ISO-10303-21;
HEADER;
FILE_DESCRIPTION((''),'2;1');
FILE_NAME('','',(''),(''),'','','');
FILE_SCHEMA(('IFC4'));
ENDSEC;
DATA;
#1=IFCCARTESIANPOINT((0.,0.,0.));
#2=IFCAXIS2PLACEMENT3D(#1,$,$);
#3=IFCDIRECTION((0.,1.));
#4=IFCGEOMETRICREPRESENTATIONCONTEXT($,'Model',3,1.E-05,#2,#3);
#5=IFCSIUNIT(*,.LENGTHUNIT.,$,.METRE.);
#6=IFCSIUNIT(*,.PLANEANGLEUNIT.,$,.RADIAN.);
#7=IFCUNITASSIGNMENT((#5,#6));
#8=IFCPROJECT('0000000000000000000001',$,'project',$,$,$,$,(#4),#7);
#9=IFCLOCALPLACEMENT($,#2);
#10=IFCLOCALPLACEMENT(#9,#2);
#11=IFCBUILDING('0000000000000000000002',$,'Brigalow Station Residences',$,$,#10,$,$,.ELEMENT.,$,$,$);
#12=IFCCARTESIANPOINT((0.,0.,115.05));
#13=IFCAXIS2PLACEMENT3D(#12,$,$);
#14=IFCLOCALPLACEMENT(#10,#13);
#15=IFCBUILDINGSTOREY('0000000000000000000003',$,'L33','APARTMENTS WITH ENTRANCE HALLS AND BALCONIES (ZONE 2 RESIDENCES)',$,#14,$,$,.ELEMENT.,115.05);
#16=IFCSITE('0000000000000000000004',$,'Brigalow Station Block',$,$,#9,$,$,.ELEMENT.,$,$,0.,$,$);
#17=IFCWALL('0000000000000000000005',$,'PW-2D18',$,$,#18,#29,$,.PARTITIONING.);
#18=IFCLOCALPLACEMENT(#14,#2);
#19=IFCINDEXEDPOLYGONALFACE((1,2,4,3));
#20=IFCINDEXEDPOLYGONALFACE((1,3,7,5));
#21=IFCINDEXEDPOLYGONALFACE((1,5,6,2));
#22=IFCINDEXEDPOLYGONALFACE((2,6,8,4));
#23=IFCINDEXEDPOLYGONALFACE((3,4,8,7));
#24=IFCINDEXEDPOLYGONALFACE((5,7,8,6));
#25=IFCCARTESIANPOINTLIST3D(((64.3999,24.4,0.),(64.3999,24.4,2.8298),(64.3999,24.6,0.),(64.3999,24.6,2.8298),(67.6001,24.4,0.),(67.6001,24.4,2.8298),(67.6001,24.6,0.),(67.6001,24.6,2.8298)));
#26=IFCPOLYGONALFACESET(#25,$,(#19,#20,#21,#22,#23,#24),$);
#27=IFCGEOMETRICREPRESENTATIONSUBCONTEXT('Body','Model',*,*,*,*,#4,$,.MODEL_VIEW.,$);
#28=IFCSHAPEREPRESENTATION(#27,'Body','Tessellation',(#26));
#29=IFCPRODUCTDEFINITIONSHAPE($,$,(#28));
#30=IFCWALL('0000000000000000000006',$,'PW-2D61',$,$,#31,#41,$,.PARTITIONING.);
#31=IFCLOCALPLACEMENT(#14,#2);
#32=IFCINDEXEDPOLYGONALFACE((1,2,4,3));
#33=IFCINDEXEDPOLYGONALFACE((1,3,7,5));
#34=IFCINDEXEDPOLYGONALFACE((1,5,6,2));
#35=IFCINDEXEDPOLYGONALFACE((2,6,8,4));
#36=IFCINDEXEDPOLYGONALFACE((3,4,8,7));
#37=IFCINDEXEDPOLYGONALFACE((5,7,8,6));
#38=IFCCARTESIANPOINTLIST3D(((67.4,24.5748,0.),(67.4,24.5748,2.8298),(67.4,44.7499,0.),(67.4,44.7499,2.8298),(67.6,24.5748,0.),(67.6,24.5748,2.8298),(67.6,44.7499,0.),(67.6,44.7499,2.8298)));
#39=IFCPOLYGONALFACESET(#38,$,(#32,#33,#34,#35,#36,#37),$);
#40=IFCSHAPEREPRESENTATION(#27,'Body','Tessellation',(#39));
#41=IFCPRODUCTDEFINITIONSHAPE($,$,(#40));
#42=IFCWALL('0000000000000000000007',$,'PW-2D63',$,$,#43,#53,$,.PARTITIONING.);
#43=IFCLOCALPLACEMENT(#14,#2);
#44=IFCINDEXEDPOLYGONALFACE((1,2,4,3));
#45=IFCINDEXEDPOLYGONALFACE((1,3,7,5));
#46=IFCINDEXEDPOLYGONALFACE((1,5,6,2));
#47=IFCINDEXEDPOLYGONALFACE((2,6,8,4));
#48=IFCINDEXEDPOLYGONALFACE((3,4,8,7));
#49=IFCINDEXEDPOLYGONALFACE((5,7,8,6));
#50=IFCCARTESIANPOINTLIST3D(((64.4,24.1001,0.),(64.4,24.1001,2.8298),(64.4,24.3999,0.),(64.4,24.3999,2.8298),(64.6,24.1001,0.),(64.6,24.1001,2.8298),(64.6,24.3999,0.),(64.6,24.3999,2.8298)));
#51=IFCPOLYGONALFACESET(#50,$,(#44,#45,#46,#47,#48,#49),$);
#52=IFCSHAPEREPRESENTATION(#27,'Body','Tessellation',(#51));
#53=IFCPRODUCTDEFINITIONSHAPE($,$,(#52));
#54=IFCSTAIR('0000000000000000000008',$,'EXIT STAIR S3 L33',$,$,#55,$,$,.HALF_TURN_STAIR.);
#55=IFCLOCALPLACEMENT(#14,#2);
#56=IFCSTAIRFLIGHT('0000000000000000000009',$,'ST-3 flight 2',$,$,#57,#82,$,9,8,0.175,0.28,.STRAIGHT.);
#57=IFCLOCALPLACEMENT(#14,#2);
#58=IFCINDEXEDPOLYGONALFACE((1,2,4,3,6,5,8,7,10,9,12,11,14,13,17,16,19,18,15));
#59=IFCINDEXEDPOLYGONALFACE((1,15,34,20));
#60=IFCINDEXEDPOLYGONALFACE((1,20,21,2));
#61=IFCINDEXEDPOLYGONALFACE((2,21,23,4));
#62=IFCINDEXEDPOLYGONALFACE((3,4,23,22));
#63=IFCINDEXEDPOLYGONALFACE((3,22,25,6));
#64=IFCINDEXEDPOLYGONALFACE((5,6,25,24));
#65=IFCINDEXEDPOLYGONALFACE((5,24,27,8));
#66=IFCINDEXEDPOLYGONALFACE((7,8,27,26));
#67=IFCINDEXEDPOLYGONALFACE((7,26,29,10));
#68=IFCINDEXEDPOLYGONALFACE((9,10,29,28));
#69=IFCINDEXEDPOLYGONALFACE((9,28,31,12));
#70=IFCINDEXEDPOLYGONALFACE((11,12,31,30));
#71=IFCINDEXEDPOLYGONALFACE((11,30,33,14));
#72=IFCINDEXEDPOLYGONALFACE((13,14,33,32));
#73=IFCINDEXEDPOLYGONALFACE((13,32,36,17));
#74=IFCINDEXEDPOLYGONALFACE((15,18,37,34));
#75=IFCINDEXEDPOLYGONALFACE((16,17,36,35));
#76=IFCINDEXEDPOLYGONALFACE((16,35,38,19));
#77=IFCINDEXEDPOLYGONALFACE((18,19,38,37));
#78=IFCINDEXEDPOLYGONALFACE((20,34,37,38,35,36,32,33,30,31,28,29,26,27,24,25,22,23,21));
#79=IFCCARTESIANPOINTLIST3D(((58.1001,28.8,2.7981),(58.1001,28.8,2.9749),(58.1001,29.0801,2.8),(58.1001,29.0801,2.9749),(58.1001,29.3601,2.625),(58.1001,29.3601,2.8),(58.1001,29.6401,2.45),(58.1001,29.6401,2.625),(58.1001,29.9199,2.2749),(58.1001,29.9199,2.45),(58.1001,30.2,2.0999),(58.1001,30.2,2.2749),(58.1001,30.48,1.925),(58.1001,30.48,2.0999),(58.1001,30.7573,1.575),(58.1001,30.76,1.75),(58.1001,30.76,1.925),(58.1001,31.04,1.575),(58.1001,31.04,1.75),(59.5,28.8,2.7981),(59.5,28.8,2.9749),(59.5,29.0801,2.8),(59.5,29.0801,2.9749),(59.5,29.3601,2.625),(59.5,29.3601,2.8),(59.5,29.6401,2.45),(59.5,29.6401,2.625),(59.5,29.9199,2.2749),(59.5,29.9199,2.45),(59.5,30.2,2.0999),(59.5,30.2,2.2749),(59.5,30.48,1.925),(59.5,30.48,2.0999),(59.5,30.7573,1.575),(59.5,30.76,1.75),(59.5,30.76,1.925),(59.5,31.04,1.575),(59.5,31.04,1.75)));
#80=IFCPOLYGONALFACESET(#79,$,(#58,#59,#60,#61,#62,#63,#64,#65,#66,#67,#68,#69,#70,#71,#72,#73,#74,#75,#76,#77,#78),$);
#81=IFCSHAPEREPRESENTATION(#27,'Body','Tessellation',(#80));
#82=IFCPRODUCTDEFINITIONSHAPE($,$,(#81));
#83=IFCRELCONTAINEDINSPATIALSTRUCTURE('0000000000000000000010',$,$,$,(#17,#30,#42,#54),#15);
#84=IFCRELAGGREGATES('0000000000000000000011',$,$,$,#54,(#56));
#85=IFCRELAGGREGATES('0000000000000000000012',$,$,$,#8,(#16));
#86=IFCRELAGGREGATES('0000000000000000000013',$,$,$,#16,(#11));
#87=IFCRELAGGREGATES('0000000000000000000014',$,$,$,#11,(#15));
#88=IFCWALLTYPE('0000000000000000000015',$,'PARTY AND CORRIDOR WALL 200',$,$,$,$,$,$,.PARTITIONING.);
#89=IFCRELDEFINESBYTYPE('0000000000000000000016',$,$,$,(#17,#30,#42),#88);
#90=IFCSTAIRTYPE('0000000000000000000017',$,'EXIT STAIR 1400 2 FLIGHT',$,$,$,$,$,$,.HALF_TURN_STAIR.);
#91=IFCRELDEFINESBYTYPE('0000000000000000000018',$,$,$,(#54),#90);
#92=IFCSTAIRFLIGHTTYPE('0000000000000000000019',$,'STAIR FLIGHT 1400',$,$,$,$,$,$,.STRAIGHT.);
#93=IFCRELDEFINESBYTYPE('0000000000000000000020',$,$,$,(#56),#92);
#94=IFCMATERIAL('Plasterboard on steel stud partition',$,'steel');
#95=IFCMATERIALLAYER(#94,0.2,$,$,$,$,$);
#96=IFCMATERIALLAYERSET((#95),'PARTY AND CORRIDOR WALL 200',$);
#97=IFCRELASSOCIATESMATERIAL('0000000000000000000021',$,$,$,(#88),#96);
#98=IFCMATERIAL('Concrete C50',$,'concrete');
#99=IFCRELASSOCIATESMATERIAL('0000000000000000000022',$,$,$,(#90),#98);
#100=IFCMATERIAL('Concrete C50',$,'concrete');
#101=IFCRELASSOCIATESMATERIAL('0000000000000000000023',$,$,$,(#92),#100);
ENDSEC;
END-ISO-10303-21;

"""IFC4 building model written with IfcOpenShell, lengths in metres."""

from ifc_helpers import new_model, si_unit, direction, frame, frame_2d, origin, place, context, subcontext, project, spatial, polyline, rectangle, outline, extrude, material, layer, layer_set, type_object, element, aggregate, save


model = new_model("IFC4")

# Units and contexts
model_context = context("Model", 3, precision=1e-05, world=origin(), true_north=direction((0.0, 1.0)))
body_context = subcontext(model_context, "Body", "Model", "MODEL_VIEW")
ifc_project = project(units=[si_unit("LENGTHUNIT", "METRE"), si_unit("PLANEANGLEUNIT", "RADIAN")], contexts=[model_context])

# Site, building, storey
site_placement = place(None, origin())
site = spatial("IfcSite", under=ifc_project, at=site_placement, Name="Brigalow Station Block", CompositionType="ELEMENT", RefElevation=0.0)
building_placement = place(site_placement, origin())
building = spatial("IfcBuilding", under=site, at=building_placement, Name="Brigalow Station Residences", CompositionType="ELEMENT")
storey_placement = place(building_placement, frame((0.0, 0.0, 115.05)))
storey = spatial("IfcBuildingStorey", under=building, at=storey_placement, Name="L33", Description="APARTMENTS WITH ENTRANCE HALLS AND BALCONIES (ZONE 2 RESIDENCES)", CompositionType="ELEMENT", Elevation=115.05)

# Walls
ifc_material_1 = material(Name="Plasterboard on steel stud partition", Category="steel")
ifc_layer_1 = layer(ifc_material_1, 0.2)
ifc_layer_set_1 = layer_set([ifc_layer_1], Name="PARTY AND CORRIDOR WALL 200")
wall_type_1 = type_object("IfcWallType", Name="PARTY AND CORRIDOR WALL 200", PredefinedType="PARTITIONING", material=ifc_layer_set_1)
wall_1_placement = place(storey_placement, frame((64.3999, 24.5, 0.0), z_axis=(0.0, 0.0, 1.0), x_axis=(1.0, 0.0, 0.0)))
element("IfcWall", 1, at=wall_1_placement, inside=storey, type_object=wall_type_1, Name="PW-2D18", PredefinedType="PARTITIONING", context=body_context, shape_type="SweptSolid", body=[
    extrude(rectangle(XDim=3.2002, YDim=0.2, at=frame_2d((1.6001, 0.0))), origin(), (0.0, 0.0, 1.0), 2.8298),
])
wall_2_placement = place(storey_placement, frame((67.5, 24.575, 0.0), z_axis=(0.0, 0.0, 1.0), x_axis=(0.0, 1.0, 0.0)))
element("IfcWall", 2, at=wall_2_placement, inside=storey, type_object=wall_type_1, Name="PW-2D61", PredefinedType="PARTITIONING", context=body_context, shape_type="SweptSolid", body=[
    extrude(rectangle(XDim=20.175, YDim=0.2, at=frame_2d((10.0874, 0.0))), origin(), (0.0, 0.0, 1.0), 2.8298),
])
wall_3_placement = place(storey_placement, frame((64.5, 24.1001, 0.0), z_axis=(0.0, 0.0, 1.0), x_axis=(0.0, 1.0, 0.0)))
element("IfcWall", 3, at=wall_3_placement, inside=storey, type_object=wall_type_1, Name="PW-2D63", PredefinedType="PARTITIONING", context=body_context, shape_type="SweptSolid", body=[
    extrude(rectangle(XDim=0.2998, YDim=0.2, at=frame_2d((0.1499, 0.0))), origin(), (0.0, 0.0, 1.0), 2.8298),
])

# Stair, stair flight
ifc_material_2 = material(Name="Concrete C50", Category="concrete")
stair_type = type_object("IfcStairType", Name="EXIT STAIR 1400 2 FLIGHT", PredefinedType="HALF_TURN_STAIR", material=ifc_material_2)
stair_placement = place(storey_placement, origin())
stair = element("IfcStair", 4, at=stair_placement, inside=storey, type_object=stair_type, Name="EXIT STAIR S3 L33", PredefinedType="HALF_TURN_STAIR")
ifc_material_3 = material(Name="Concrete C50", Category="concrete")
stair_flight_type = type_object("IfcStairFlightType", Name="STAIR FLIGHT 1400", PredefinedType="STRAIGHT", material=ifc_material_3)
stair_flight_placement = place(storey_placement, frame((58.8, 31.04, 1.575), z_axis=(0.0, 0.0, 1.0), x_axis=(0.0, -1.0, 0.0)))
stair_flight = element("IfcStairFlight", 5, at=stair_flight_placement, type_object=stair_flight_type, Name="ST-3 flight 2", NumberOfRisers=9, NumberOfTreads=8, PredefinedType="STRAIGHT", RiserHeight=0.175, TreadLength=0.28, context=body_context, shape_type="SweptSolid", body=[
    extrude(outline(polyline([(0.0, 0.0), (0.0, 0.175), (0.28, 0.175), (0.28, 0.3501), (0.5601, 0.3501), (0.5601, 0.5249), (0.8401, 0.5249), (0.8401, 0.7), (1.1201, 0.7), (1.1201, 0.875), (1.3999, 0.875), (1.3999, 1.05), (1.6799, 1.05), (1.6799, 1.2251), (1.96, 1.2251), (1.96, 1.3999), (2.24, 1.3999), (2.24, 1.575), (2.24, 1.2231), (0.2827, 0.0), (0.0, 0.0)])), frame((0.0, 0.7, 0.0), z_axis=(0.0, -1.0, 0.0), x_axis=(1.0, 0.0, 0.0)), (0.0, 0.0, 1.0), 1.3999),
])
aggregate(stair, [stair_flight])

save(model, "model.ifc")
